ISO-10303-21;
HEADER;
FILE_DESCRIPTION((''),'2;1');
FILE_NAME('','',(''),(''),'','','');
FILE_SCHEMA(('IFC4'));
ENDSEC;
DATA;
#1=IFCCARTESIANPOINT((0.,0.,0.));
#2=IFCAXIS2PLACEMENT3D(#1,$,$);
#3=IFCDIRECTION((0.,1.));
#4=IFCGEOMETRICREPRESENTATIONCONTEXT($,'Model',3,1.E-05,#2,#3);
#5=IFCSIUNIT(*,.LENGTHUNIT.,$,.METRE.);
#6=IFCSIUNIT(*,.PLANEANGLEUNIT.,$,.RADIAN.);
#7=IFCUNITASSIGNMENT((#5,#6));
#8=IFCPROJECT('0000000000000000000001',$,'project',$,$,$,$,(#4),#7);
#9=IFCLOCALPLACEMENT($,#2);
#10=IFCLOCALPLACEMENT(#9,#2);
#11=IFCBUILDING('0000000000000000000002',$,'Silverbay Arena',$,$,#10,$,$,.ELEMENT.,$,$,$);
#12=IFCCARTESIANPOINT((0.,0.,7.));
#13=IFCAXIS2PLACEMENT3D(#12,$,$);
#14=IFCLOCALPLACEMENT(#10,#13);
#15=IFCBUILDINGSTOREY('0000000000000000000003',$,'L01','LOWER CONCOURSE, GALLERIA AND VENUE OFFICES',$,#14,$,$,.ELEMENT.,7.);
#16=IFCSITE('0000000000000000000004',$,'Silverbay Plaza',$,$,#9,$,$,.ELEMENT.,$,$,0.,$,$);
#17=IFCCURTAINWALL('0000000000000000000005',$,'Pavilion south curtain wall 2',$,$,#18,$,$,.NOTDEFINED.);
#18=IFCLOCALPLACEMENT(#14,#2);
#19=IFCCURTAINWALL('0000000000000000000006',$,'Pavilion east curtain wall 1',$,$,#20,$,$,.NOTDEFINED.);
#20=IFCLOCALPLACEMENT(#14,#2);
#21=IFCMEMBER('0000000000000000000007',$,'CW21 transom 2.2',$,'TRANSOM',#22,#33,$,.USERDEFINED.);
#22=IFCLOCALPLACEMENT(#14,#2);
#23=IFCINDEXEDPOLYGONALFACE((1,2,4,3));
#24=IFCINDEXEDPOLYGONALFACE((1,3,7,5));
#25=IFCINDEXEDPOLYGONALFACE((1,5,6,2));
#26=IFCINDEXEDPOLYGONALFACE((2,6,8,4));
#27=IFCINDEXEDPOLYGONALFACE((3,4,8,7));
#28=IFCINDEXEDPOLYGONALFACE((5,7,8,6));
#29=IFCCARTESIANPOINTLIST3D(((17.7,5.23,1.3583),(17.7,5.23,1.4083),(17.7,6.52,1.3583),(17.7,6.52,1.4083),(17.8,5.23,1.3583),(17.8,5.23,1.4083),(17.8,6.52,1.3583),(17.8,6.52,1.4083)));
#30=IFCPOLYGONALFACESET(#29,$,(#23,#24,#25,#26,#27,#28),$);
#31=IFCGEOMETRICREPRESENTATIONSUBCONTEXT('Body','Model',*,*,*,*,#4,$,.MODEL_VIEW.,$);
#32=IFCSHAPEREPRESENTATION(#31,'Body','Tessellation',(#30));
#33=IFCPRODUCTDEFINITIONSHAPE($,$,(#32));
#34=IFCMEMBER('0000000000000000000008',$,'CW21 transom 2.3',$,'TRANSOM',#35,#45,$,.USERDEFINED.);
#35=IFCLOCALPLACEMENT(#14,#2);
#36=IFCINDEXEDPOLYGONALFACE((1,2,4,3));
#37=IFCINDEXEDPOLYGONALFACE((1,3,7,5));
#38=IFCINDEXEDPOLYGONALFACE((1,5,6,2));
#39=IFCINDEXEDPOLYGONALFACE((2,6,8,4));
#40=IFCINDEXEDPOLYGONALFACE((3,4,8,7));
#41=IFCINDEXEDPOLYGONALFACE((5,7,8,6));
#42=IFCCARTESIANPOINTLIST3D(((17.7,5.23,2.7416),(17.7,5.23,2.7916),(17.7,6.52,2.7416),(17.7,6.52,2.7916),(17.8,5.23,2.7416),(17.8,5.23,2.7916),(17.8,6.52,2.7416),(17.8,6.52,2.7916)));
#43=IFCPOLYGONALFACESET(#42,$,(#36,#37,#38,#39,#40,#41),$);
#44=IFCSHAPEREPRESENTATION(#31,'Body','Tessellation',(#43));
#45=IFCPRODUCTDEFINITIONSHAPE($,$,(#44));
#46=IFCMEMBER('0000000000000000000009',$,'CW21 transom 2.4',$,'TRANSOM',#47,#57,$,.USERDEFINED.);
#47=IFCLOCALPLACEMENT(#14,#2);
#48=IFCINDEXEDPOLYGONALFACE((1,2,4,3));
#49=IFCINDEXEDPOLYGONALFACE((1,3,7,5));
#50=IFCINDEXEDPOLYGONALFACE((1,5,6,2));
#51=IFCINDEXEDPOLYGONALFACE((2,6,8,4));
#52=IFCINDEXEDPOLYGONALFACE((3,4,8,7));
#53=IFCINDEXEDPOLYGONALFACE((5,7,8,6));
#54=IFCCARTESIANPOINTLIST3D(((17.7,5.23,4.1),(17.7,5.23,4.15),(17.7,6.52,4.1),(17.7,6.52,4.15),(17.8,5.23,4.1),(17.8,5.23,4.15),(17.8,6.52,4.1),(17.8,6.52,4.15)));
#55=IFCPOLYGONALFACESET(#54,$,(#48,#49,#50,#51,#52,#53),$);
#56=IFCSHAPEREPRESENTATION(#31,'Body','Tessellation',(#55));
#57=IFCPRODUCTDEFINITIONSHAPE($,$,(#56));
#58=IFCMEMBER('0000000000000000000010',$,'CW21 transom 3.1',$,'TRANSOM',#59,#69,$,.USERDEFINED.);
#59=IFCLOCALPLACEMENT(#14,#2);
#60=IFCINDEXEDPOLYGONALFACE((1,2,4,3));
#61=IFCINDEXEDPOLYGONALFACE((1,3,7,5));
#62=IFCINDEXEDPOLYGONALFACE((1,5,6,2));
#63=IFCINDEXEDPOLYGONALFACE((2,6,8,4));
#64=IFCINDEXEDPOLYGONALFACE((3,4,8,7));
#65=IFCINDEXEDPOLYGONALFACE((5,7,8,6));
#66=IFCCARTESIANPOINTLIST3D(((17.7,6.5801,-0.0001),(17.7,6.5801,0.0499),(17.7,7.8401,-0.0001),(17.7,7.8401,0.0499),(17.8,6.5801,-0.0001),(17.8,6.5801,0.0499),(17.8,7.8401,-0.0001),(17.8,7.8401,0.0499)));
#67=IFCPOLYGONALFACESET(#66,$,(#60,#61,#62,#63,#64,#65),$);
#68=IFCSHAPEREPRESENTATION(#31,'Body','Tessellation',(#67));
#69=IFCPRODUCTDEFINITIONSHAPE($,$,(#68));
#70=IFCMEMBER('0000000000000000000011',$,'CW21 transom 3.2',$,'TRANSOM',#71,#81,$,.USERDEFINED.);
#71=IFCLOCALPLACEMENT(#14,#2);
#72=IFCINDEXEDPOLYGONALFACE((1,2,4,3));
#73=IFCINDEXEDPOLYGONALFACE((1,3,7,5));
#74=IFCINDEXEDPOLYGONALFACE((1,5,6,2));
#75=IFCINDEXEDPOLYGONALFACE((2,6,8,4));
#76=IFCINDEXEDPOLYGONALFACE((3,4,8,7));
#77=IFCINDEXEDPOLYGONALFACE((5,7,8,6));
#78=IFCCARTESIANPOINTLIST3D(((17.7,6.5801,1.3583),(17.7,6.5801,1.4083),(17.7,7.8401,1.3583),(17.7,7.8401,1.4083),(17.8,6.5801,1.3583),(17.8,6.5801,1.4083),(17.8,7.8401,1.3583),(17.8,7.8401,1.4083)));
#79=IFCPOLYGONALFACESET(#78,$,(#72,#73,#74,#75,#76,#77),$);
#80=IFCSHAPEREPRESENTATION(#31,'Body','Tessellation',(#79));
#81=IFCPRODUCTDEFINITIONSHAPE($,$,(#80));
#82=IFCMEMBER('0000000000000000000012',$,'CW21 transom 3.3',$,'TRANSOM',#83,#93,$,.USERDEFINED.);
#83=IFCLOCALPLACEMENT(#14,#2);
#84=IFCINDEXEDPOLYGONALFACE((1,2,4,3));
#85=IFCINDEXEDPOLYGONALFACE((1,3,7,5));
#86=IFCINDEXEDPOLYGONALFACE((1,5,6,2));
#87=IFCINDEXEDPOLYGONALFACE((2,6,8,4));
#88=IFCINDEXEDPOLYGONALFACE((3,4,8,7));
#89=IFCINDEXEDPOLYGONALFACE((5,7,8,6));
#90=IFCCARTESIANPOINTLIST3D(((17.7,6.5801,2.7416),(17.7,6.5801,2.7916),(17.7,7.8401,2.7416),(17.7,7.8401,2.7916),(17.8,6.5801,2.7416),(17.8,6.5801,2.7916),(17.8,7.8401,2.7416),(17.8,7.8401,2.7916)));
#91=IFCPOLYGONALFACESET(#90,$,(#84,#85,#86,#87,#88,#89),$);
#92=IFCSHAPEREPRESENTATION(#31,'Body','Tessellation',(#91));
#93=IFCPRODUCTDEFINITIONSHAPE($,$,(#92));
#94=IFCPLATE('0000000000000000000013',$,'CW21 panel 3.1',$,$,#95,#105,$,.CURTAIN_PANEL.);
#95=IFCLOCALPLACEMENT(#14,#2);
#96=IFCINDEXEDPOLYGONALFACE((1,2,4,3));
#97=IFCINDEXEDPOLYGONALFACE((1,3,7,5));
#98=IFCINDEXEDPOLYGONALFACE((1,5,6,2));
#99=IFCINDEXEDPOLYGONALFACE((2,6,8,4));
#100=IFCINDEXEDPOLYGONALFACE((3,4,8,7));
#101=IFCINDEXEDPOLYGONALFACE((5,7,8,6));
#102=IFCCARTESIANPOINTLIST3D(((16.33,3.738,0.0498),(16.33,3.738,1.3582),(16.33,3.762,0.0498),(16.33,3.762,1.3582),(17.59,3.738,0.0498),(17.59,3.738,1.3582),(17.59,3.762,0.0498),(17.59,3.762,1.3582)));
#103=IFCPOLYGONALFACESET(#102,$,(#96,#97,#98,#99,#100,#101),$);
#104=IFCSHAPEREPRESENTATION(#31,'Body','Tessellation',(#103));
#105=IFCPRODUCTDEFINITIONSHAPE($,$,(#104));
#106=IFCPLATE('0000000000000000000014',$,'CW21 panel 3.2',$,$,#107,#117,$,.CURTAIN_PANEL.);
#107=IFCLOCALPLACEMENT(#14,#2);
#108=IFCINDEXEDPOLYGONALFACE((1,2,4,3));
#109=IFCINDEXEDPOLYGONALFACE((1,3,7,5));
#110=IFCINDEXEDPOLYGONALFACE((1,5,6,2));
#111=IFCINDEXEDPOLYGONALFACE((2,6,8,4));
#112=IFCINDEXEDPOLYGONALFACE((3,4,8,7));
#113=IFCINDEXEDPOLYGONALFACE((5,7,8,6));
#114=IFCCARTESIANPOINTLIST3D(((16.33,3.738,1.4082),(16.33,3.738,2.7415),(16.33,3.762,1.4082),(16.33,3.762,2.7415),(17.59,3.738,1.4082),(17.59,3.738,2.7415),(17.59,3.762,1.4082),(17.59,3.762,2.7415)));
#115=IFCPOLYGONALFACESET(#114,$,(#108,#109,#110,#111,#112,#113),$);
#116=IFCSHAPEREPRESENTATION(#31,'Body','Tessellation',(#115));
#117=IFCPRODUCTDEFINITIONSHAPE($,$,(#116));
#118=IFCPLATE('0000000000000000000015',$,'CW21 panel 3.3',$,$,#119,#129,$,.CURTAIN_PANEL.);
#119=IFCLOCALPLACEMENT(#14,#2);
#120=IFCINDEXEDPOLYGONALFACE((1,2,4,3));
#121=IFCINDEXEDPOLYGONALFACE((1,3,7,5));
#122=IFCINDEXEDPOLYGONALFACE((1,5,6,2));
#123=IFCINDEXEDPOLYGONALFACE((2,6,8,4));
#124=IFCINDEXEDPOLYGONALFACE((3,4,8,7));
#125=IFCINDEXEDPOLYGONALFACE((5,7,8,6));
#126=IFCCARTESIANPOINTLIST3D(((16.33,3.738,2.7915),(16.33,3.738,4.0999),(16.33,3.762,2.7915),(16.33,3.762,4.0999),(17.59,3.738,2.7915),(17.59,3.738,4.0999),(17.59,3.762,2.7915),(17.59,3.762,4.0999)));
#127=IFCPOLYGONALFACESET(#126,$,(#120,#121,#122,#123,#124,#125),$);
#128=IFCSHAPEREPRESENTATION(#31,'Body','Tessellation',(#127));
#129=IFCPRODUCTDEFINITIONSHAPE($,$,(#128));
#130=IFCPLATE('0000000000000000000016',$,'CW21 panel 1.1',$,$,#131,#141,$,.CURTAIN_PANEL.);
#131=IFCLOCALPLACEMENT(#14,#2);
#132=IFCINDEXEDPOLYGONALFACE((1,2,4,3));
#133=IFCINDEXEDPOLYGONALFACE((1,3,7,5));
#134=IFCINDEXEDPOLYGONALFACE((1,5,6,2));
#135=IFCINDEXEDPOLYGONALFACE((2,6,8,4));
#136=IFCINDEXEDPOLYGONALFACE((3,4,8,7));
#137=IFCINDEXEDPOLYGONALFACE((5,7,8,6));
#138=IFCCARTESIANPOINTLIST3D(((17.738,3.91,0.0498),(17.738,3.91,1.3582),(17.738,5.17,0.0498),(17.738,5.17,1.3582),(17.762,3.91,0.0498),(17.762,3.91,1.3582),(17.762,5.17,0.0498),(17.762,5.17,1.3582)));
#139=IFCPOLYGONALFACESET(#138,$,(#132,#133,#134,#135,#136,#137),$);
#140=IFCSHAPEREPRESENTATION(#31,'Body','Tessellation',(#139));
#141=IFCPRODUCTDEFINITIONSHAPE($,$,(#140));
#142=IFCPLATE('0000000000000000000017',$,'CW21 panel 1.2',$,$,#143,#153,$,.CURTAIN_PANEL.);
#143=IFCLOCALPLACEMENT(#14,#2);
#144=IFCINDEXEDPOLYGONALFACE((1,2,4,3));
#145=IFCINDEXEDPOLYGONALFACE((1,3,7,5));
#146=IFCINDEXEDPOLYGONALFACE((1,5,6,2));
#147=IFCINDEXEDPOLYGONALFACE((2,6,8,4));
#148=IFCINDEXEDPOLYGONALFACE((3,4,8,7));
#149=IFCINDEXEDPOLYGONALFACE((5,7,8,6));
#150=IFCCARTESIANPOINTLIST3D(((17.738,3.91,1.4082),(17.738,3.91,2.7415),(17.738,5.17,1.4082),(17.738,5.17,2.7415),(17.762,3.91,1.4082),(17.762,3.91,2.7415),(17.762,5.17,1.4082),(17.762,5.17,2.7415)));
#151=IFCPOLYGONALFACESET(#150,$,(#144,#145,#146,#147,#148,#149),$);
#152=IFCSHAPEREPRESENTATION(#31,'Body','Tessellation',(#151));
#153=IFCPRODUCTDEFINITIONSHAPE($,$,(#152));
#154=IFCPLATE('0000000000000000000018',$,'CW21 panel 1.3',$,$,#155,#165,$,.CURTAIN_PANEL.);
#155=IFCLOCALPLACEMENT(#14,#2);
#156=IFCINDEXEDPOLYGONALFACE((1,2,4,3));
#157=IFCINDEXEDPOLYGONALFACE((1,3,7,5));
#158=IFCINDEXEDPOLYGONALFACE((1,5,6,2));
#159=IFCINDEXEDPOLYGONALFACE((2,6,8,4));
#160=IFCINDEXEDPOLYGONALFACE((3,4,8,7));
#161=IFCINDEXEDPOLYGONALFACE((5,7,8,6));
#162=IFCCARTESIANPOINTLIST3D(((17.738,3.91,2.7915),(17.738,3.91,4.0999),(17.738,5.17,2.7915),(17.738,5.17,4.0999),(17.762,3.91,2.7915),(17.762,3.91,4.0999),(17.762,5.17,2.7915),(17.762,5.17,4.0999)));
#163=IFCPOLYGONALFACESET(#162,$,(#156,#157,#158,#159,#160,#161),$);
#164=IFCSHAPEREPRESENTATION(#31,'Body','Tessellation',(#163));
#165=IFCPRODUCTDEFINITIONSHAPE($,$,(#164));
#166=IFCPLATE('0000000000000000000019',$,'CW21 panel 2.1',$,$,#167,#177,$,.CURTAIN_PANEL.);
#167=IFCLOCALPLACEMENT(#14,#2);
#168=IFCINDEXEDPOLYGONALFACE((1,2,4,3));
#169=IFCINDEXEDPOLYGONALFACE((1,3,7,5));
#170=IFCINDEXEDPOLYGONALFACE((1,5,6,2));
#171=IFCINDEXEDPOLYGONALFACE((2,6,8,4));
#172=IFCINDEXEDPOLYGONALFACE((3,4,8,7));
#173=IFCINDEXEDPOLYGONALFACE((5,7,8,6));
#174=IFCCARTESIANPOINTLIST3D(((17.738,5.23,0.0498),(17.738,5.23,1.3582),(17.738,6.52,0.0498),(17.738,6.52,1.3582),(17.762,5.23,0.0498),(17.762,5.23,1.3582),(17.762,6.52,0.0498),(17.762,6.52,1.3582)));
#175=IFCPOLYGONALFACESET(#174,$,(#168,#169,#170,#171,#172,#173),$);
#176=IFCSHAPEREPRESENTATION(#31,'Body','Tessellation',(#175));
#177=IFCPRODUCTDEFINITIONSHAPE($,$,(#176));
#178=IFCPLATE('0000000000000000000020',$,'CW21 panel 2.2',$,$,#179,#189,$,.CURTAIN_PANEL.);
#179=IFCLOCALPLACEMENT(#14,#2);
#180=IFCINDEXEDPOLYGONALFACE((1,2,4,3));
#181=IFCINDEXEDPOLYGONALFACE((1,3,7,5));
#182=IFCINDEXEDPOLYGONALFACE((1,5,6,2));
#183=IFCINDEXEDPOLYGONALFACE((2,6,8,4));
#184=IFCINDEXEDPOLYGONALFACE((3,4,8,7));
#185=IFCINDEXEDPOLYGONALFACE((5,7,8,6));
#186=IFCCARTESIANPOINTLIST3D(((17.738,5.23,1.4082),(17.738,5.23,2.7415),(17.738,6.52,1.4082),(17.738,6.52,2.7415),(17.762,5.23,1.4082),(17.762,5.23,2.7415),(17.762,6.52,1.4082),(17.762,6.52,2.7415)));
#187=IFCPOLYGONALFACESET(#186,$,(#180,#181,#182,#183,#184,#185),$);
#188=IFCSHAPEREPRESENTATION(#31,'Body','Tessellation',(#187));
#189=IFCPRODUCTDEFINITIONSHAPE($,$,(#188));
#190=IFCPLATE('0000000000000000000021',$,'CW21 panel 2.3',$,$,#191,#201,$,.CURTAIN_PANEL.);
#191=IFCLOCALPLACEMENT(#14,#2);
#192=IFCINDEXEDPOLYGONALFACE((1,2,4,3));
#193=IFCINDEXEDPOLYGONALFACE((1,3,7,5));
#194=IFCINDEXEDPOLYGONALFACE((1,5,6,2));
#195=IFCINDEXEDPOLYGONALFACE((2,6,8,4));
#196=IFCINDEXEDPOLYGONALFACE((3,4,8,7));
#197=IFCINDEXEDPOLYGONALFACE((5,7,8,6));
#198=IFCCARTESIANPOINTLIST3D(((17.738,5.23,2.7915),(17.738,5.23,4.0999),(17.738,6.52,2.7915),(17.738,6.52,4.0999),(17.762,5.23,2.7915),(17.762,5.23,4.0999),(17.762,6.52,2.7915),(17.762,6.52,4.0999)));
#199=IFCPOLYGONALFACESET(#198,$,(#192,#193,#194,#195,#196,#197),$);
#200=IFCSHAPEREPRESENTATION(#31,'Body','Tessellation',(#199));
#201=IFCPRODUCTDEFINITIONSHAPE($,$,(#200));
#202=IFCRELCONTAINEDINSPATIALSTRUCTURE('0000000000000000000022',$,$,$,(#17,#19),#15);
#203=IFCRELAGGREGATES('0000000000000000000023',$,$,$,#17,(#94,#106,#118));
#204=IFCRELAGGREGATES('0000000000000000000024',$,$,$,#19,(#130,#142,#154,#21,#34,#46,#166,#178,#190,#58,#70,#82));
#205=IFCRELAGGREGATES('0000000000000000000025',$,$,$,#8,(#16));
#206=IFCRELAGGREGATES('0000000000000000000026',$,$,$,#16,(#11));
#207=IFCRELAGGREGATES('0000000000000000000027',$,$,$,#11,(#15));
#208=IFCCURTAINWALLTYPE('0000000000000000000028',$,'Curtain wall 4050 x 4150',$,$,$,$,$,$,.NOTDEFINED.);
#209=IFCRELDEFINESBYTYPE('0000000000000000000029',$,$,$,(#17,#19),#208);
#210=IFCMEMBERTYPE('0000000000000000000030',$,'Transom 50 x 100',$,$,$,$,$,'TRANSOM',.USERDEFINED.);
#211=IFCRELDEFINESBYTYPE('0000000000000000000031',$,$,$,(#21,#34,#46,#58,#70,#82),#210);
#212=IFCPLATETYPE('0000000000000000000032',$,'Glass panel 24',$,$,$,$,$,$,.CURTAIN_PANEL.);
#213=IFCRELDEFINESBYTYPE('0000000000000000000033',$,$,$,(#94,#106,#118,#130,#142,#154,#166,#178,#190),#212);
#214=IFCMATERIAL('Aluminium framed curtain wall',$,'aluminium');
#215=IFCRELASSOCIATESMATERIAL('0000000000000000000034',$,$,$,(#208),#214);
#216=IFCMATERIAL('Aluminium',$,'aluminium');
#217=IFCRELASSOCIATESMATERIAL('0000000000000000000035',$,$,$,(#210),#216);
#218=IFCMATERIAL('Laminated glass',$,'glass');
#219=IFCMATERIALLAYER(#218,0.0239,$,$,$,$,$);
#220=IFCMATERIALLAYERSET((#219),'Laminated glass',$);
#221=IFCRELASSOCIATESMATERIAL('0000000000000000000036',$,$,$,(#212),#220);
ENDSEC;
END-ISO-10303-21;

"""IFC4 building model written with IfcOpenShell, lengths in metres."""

from ifc_helpers import new_model, si_unit, direction, frame, origin, origin_2d, place, context, subcontext, project, spatial, rectangle, extrude, material, layer, layer_set, material_profile, profile_set, type_object, element, aggregate, save


model = new_model("IFC4")

# Units and contexts
model_context = context("Model", 3, precision=1e-05, world=origin(), true_north=direction((0.0, 1.0)))
body_context = subcontext(model_context, "Body", "Model", "MODEL_VIEW")
ifc_project = project(units=[si_unit("LENGTHUNIT", "METRE"), si_unit("PLANEANGLEUNIT", "RADIAN")], contexts=[model_context])

# Site, building, storey
site_placement = place(None, origin())
site = spatial("IfcSite", under=ifc_project, at=site_placement, Name="Silverbay Plaza", CompositionType="ELEMENT", RefElevation=0.0)
building_placement = place(site_placement, origin())
building = spatial("IfcBuilding", under=site, at=building_placement, Name="Silverbay Arena", CompositionType="ELEMENT")
storey_placement = place(building_placement, frame((0.0, 0.0, 7.0)))
storey = spatial("IfcBuildingStorey", under=building, at=storey_placement, Name="L01", Description="LOWER CONCOURSE, GALLERIA AND VENUE OFFICES", CompositionType="ELEMENT", Elevation=7.0)

# Curtain wall
ifc_material_1 = material(Name="Aluminium framed curtain wall", Category="aluminium")
curtain_wall_type = type_object("IfcCurtainWallType", Name="Curtain wall 4050 x 4150", PredefinedType="NOTDEFINED", material=ifc_material_1)
curtain_wall_1_placement = place(storey_placement, origin())
curtain_wall_1 = element("IfcCurtainWall", 1, at=curtain_wall_1_placement, inside=storey, type_object=curtain_wall_type, Name="Pavilion south curtain wall 2", PredefinedType="NOTDEFINED")

# Curtain wall
curtain_wall_2_placement = place(storey_placement, origin())
curtain_wall_2 = element("IfcCurtainWall", 2, at=curtain_wall_2_placement, inside=storey, type_object=curtain_wall_type, Name="Pavilion east curtain wall 1", PredefinedType="NOTDEFINED")

# Members
ifc_material_2 = material(Name="Aluminium", Category="aluminium")
ifc_material_profile_1 = material_profile(ifc_material_2, rectangle(XDim=0.1001, YDim=0.05, at=origin_2d()), Name="Transom 50 x 100")
ifc_profile_set_1 = profile_set([ifc_material_profile_1], Name="Aluminium")
member_type_1 = type_object("IfcMemberType", Name="Transom 50 x 100", ElementType="TRANSOM", PredefinedType="USERDEFINED", material=ifc_profile_set_1)
member_1_placement = place(storey_placement, frame((17.75, 5.23, 1.3833), z_axis=(0.0, 1.0, 0.0), x_axis=(-1.0, 0.0, 0.0)))
member_1 = element("IfcMember", 3, at=member_1_placement, type_object=member_type_1, Name="CW21 transom 2.2", ObjectType="TRANSOM", PredefinedType="USERDEFINED", context=body_context, shape_type="SweptSolid", body=[
    extrude(rectangle(XDim=0.1001, YDim=0.05, at=origin_2d()), origin(), (0.0, 0.0, 1.0), 1.29),
])
member_2_placement = place(storey_placement, frame((17.75, 5.23, 2.7666), z_axis=(0.0, 1.0, 0.0), x_axis=(-1.0, 0.0, 0.0)))
member_2 = element("IfcMember", 4, at=member_2_placement, type_object=member_type_1, Name="CW21 transom 2.3", ObjectType="TRANSOM", PredefinedType="USERDEFINED", context=body_context, shape_type="SweptSolid", body=[
    extrude(rectangle(XDim=0.1001, YDim=0.05, at=origin_2d()), origin(), (0.0, 0.0, 1.0), 1.29),
])
member_3_placement = place(storey_placement, frame((17.75, 5.23, 4.125), z_axis=(0.0, 1.0, 0.0), x_axis=(-1.0, 0.0, 0.0)))
member_3 = element("IfcMember", 5, at=member_3_placement, type_object=member_type_1, Name="CW21 transom 2.4", ObjectType="TRANSOM", PredefinedType="USERDEFINED", context=body_context, shape_type="SweptSolid", body=[
    extrude(rectangle(XDim=0.1001, YDim=0.05, at=origin_2d()), origin(), (0.0, 0.0, 1.0), 1.29),
])
member_4_placement = place(storey_placement, frame((17.75, 6.5801, 0.0249), z_axis=(0.0, 1.0, 0.0), x_axis=(-1.0, 0.0, 0.0)))
member_4 = element("IfcMember", 6, at=member_4_placement, type_object=member_type_1, Name="CW21 transom 3.1", ObjectType="TRANSOM", PredefinedType="USERDEFINED", context=body_context, shape_type="SweptSolid", body=[
    extrude(rectangle(XDim=0.1001, YDim=0.05, at=origin_2d()), origin(), (0.0, 0.0, 1.0), 1.26),
])
member_5_placement = place(storey_placement, frame((17.75, 6.5801, 1.3833), z_axis=(0.0, 1.0, 0.0), x_axis=(-1.0, 0.0, 0.0)))
member_5 = element("IfcMember", 7, at=member_5_placement, type_object=member_type_1, Name="CW21 transom 3.2", ObjectType="TRANSOM", PredefinedType="USERDEFINED", context=body_context, shape_type="SweptSolid", body=[
    extrude(rectangle(XDim=0.1001, YDim=0.05, at=origin_2d()), origin(), (0.0, 0.0, 1.0), 1.26),
])
member_6_placement = place(storey_placement, frame((17.75, 6.5801, 2.7666), z_axis=(0.0, 1.0, 0.0), x_axis=(-1.0, 0.0, 0.0)))
member_6 = element("IfcMember", 8, at=member_6_placement, type_object=member_type_1, Name="CW21 transom 3.3", ObjectType="TRANSOM", PredefinedType="USERDEFINED", context=body_context, shape_type="SweptSolid", body=[
    extrude(rectangle(XDim=0.1001, YDim=0.05, at=origin_2d()), origin(), (0.0, 0.0, 1.0), 1.26),
])

# Plates
ifc_material_3 = material(Name="Laminated glass", Category="glass")
ifc_layer_1 = layer(ifc_material_3, 0.0239)
ifc_layer_set_1 = layer_set([ifc_layer_1], Name="Laminated glass")
plate_type = type_object("IfcPlateType", Name="Glass panel 24", PredefinedType="CURTAIN_PANEL", material=ifc_layer_set_1)
plate_1_placement = place(storey_placement, frame((16.96, 3.75, 0.0498), z_axis=(0.0, 0.0, 1.0), x_axis=(1.0, 0.0, 0.0)))
plate_1 = element("IfcPlate", 9, at=plate_1_placement, type_object=plate_type, Name="CW21 panel 3.1", PredefinedType="CURTAIN_PANEL", context=body_context, shape_type="SweptSolid", body=[
    extrude(rectangle(XDim=1.26, YDim=0.0239, at=origin_2d()), origin(), (0.0, 0.0, 1.0), 1.3083),
])
plate_2_placement = place(storey_placement, frame((16.96, 3.75, 1.4082), z_axis=(0.0, 0.0, 1.0), x_axis=(1.0, 0.0, 0.0)))
plate_2 = element("IfcPlate", 10, at=plate_2_placement, type_object=plate_type, Name="CW21 panel 3.2", PredefinedType="CURTAIN_PANEL", context=body_context, shape_type="SweptSolid", body=[
    extrude(rectangle(XDim=1.26, YDim=0.0239, at=origin_2d()), origin(), (0.0, 0.0, 1.0), 1.3333),
])
plate_3_placement = place(storey_placement, frame((16.96, 3.75, 2.7915), z_axis=(0.0, 0.0, 1.0), x_axis=(1.0, 0.0, 0.0)))
plate_3 = element("IfcPlate", 11, at=plate_3_placement, type_object=plate_type, Name="CW21 panel 3.3", PredefinedType="CURTAIN_PANEL", context=body_context, shape_type="SweptSolid", body=[
    extrude(rectangle(XDim=1.26, YDim=0.0239, at=origin_2d()), origin(), (0.0, 0.0, 1.0), 1.3083),
])
aggregate(curtain_wall_1, [plate_1, plate_2, plate_3])
plate_4_placement = place(storey_placement, frame((17.75, 4.54, 0.0498), z_axis=(0.0, 0.0, 1.0), x_axis=(0.0, 1.0, 0.0)))
plate_4 = element("IfcPlate", 12, at=plate_4_placement, type_object=plate_type, Name="CW21 panel 1.1", PredefinedType="CURTAIN_PANEL", context=body_context, shape_type="SweptSolid", body=[
    extrude(rectangle(XDim=1.26, YDim=0.0239, at=origin_2d()), origin(), (0.0, 0.0, 1.0), 1.3083),
])
plate_5_placement = place(storey_placement, frame((17.75, 4.54, 1.4082), z_axis=(0.0, 0.0, 1.0), x_axis=(0.0, 1.0, 0.0)))
plate_5 = element("IfcPlate", 13, at=plate_5_placement, type_object=plate_type, Name="CW21 panel 1.2", PredefinedType="CURTAIN_PANEL", context=body_context, shape_type="SweptSolid", body=[
    extrude(rectangle(XDim=1.26, YDim=0.0239, at=origin_2d()), origin(), (0.0, 0.0, 1.0), 1.3333),
])
plate_6_placement = place(storey_placement, frame((17.75, 4.54, 2.7915), z_axis=(0.0, 0.0, 1.0), x_axis=(0.0, 1.0, 0.0)))
plate_6 = element("IfcPlate", 14, at=plate_6_placement, type_object=plate_type, Name="CW21 panel 1.3", PredefinedType="CURTAIN_PANEL", context=body_context, shape_type="SweptSolid", body=[
    extrude(rectangle(XDim=1.26, YDim=0.0239, at=origin_2d()), origin(), (0.0, 0.0, 1.0), 1.3083),
])
plate_7_placement = place(storey_placement, frame((17.75, 5.875, 0.0498), z_axis=(0.0, 0.0, 1.0), x_axis=(0.0, 1.0, 0.0)))
plate_7 = element("IfcPlate", 15, at=plate_7_placement, type_object=plate_type, Name="CW21 panel 2.1", PredefinedType="CURTAIN_PANEL", context=body_context, shape_type="SweptSolid", body=[
    extrude(rectangle(XDim=1.29, YDim=0.0239, at=origin_2d()), origin(), (0.0, 0.0, 1.0), 1.3083),
])
plate_8_placement = place(storey_placement, frame((17.75, 5.875, 1.4082), z_axis=(0.0, 0.0, 1.0), x_axis=(0.0, 1.0, 0.0)))
plate_8 = element("IfcPlate", 16, at=plate_8_placement, type_object=plate_type, Name="CW21 panel 2.2", PredefinedType="CURTAIN_PANEL", context=body_context, shape_type="SweptSolid", body=[
    extrude(rectangle(XDim=1.29, YDim=0.0239, at=origin_2d()), origin(), (0.0, 0.0, 1.0), 1.3333),
])
plate_9_placement = place(storey_placement, frame((17.75, 5.875, 2.7915), z_axis=(0.0, 0.0, 1.0), x_axis=(0.0, 1.0, 0.0)))
plate_9 = element("IfcPlate", 17, at=plate_9_placement, type_object=plate_type, Name="CW21 panel 2.3", PredefinedType="CURTAIN_PANEL", context=body_context, shape_type="SweptSolid", body=[
    extrude(rectangle(XDim=1.29, YDim=0.0239, at=origin_2d()), origin(), (0.0, 0.0, 1.0), 1.3083),
])
aggregate(curtain_wall_2, [plate_4, plate_5, plate_6, member_1, member_2, member_3, plate_7, plate_8, plate_9, member_4, member_5, member_6])

save(model, "model.ifc")
